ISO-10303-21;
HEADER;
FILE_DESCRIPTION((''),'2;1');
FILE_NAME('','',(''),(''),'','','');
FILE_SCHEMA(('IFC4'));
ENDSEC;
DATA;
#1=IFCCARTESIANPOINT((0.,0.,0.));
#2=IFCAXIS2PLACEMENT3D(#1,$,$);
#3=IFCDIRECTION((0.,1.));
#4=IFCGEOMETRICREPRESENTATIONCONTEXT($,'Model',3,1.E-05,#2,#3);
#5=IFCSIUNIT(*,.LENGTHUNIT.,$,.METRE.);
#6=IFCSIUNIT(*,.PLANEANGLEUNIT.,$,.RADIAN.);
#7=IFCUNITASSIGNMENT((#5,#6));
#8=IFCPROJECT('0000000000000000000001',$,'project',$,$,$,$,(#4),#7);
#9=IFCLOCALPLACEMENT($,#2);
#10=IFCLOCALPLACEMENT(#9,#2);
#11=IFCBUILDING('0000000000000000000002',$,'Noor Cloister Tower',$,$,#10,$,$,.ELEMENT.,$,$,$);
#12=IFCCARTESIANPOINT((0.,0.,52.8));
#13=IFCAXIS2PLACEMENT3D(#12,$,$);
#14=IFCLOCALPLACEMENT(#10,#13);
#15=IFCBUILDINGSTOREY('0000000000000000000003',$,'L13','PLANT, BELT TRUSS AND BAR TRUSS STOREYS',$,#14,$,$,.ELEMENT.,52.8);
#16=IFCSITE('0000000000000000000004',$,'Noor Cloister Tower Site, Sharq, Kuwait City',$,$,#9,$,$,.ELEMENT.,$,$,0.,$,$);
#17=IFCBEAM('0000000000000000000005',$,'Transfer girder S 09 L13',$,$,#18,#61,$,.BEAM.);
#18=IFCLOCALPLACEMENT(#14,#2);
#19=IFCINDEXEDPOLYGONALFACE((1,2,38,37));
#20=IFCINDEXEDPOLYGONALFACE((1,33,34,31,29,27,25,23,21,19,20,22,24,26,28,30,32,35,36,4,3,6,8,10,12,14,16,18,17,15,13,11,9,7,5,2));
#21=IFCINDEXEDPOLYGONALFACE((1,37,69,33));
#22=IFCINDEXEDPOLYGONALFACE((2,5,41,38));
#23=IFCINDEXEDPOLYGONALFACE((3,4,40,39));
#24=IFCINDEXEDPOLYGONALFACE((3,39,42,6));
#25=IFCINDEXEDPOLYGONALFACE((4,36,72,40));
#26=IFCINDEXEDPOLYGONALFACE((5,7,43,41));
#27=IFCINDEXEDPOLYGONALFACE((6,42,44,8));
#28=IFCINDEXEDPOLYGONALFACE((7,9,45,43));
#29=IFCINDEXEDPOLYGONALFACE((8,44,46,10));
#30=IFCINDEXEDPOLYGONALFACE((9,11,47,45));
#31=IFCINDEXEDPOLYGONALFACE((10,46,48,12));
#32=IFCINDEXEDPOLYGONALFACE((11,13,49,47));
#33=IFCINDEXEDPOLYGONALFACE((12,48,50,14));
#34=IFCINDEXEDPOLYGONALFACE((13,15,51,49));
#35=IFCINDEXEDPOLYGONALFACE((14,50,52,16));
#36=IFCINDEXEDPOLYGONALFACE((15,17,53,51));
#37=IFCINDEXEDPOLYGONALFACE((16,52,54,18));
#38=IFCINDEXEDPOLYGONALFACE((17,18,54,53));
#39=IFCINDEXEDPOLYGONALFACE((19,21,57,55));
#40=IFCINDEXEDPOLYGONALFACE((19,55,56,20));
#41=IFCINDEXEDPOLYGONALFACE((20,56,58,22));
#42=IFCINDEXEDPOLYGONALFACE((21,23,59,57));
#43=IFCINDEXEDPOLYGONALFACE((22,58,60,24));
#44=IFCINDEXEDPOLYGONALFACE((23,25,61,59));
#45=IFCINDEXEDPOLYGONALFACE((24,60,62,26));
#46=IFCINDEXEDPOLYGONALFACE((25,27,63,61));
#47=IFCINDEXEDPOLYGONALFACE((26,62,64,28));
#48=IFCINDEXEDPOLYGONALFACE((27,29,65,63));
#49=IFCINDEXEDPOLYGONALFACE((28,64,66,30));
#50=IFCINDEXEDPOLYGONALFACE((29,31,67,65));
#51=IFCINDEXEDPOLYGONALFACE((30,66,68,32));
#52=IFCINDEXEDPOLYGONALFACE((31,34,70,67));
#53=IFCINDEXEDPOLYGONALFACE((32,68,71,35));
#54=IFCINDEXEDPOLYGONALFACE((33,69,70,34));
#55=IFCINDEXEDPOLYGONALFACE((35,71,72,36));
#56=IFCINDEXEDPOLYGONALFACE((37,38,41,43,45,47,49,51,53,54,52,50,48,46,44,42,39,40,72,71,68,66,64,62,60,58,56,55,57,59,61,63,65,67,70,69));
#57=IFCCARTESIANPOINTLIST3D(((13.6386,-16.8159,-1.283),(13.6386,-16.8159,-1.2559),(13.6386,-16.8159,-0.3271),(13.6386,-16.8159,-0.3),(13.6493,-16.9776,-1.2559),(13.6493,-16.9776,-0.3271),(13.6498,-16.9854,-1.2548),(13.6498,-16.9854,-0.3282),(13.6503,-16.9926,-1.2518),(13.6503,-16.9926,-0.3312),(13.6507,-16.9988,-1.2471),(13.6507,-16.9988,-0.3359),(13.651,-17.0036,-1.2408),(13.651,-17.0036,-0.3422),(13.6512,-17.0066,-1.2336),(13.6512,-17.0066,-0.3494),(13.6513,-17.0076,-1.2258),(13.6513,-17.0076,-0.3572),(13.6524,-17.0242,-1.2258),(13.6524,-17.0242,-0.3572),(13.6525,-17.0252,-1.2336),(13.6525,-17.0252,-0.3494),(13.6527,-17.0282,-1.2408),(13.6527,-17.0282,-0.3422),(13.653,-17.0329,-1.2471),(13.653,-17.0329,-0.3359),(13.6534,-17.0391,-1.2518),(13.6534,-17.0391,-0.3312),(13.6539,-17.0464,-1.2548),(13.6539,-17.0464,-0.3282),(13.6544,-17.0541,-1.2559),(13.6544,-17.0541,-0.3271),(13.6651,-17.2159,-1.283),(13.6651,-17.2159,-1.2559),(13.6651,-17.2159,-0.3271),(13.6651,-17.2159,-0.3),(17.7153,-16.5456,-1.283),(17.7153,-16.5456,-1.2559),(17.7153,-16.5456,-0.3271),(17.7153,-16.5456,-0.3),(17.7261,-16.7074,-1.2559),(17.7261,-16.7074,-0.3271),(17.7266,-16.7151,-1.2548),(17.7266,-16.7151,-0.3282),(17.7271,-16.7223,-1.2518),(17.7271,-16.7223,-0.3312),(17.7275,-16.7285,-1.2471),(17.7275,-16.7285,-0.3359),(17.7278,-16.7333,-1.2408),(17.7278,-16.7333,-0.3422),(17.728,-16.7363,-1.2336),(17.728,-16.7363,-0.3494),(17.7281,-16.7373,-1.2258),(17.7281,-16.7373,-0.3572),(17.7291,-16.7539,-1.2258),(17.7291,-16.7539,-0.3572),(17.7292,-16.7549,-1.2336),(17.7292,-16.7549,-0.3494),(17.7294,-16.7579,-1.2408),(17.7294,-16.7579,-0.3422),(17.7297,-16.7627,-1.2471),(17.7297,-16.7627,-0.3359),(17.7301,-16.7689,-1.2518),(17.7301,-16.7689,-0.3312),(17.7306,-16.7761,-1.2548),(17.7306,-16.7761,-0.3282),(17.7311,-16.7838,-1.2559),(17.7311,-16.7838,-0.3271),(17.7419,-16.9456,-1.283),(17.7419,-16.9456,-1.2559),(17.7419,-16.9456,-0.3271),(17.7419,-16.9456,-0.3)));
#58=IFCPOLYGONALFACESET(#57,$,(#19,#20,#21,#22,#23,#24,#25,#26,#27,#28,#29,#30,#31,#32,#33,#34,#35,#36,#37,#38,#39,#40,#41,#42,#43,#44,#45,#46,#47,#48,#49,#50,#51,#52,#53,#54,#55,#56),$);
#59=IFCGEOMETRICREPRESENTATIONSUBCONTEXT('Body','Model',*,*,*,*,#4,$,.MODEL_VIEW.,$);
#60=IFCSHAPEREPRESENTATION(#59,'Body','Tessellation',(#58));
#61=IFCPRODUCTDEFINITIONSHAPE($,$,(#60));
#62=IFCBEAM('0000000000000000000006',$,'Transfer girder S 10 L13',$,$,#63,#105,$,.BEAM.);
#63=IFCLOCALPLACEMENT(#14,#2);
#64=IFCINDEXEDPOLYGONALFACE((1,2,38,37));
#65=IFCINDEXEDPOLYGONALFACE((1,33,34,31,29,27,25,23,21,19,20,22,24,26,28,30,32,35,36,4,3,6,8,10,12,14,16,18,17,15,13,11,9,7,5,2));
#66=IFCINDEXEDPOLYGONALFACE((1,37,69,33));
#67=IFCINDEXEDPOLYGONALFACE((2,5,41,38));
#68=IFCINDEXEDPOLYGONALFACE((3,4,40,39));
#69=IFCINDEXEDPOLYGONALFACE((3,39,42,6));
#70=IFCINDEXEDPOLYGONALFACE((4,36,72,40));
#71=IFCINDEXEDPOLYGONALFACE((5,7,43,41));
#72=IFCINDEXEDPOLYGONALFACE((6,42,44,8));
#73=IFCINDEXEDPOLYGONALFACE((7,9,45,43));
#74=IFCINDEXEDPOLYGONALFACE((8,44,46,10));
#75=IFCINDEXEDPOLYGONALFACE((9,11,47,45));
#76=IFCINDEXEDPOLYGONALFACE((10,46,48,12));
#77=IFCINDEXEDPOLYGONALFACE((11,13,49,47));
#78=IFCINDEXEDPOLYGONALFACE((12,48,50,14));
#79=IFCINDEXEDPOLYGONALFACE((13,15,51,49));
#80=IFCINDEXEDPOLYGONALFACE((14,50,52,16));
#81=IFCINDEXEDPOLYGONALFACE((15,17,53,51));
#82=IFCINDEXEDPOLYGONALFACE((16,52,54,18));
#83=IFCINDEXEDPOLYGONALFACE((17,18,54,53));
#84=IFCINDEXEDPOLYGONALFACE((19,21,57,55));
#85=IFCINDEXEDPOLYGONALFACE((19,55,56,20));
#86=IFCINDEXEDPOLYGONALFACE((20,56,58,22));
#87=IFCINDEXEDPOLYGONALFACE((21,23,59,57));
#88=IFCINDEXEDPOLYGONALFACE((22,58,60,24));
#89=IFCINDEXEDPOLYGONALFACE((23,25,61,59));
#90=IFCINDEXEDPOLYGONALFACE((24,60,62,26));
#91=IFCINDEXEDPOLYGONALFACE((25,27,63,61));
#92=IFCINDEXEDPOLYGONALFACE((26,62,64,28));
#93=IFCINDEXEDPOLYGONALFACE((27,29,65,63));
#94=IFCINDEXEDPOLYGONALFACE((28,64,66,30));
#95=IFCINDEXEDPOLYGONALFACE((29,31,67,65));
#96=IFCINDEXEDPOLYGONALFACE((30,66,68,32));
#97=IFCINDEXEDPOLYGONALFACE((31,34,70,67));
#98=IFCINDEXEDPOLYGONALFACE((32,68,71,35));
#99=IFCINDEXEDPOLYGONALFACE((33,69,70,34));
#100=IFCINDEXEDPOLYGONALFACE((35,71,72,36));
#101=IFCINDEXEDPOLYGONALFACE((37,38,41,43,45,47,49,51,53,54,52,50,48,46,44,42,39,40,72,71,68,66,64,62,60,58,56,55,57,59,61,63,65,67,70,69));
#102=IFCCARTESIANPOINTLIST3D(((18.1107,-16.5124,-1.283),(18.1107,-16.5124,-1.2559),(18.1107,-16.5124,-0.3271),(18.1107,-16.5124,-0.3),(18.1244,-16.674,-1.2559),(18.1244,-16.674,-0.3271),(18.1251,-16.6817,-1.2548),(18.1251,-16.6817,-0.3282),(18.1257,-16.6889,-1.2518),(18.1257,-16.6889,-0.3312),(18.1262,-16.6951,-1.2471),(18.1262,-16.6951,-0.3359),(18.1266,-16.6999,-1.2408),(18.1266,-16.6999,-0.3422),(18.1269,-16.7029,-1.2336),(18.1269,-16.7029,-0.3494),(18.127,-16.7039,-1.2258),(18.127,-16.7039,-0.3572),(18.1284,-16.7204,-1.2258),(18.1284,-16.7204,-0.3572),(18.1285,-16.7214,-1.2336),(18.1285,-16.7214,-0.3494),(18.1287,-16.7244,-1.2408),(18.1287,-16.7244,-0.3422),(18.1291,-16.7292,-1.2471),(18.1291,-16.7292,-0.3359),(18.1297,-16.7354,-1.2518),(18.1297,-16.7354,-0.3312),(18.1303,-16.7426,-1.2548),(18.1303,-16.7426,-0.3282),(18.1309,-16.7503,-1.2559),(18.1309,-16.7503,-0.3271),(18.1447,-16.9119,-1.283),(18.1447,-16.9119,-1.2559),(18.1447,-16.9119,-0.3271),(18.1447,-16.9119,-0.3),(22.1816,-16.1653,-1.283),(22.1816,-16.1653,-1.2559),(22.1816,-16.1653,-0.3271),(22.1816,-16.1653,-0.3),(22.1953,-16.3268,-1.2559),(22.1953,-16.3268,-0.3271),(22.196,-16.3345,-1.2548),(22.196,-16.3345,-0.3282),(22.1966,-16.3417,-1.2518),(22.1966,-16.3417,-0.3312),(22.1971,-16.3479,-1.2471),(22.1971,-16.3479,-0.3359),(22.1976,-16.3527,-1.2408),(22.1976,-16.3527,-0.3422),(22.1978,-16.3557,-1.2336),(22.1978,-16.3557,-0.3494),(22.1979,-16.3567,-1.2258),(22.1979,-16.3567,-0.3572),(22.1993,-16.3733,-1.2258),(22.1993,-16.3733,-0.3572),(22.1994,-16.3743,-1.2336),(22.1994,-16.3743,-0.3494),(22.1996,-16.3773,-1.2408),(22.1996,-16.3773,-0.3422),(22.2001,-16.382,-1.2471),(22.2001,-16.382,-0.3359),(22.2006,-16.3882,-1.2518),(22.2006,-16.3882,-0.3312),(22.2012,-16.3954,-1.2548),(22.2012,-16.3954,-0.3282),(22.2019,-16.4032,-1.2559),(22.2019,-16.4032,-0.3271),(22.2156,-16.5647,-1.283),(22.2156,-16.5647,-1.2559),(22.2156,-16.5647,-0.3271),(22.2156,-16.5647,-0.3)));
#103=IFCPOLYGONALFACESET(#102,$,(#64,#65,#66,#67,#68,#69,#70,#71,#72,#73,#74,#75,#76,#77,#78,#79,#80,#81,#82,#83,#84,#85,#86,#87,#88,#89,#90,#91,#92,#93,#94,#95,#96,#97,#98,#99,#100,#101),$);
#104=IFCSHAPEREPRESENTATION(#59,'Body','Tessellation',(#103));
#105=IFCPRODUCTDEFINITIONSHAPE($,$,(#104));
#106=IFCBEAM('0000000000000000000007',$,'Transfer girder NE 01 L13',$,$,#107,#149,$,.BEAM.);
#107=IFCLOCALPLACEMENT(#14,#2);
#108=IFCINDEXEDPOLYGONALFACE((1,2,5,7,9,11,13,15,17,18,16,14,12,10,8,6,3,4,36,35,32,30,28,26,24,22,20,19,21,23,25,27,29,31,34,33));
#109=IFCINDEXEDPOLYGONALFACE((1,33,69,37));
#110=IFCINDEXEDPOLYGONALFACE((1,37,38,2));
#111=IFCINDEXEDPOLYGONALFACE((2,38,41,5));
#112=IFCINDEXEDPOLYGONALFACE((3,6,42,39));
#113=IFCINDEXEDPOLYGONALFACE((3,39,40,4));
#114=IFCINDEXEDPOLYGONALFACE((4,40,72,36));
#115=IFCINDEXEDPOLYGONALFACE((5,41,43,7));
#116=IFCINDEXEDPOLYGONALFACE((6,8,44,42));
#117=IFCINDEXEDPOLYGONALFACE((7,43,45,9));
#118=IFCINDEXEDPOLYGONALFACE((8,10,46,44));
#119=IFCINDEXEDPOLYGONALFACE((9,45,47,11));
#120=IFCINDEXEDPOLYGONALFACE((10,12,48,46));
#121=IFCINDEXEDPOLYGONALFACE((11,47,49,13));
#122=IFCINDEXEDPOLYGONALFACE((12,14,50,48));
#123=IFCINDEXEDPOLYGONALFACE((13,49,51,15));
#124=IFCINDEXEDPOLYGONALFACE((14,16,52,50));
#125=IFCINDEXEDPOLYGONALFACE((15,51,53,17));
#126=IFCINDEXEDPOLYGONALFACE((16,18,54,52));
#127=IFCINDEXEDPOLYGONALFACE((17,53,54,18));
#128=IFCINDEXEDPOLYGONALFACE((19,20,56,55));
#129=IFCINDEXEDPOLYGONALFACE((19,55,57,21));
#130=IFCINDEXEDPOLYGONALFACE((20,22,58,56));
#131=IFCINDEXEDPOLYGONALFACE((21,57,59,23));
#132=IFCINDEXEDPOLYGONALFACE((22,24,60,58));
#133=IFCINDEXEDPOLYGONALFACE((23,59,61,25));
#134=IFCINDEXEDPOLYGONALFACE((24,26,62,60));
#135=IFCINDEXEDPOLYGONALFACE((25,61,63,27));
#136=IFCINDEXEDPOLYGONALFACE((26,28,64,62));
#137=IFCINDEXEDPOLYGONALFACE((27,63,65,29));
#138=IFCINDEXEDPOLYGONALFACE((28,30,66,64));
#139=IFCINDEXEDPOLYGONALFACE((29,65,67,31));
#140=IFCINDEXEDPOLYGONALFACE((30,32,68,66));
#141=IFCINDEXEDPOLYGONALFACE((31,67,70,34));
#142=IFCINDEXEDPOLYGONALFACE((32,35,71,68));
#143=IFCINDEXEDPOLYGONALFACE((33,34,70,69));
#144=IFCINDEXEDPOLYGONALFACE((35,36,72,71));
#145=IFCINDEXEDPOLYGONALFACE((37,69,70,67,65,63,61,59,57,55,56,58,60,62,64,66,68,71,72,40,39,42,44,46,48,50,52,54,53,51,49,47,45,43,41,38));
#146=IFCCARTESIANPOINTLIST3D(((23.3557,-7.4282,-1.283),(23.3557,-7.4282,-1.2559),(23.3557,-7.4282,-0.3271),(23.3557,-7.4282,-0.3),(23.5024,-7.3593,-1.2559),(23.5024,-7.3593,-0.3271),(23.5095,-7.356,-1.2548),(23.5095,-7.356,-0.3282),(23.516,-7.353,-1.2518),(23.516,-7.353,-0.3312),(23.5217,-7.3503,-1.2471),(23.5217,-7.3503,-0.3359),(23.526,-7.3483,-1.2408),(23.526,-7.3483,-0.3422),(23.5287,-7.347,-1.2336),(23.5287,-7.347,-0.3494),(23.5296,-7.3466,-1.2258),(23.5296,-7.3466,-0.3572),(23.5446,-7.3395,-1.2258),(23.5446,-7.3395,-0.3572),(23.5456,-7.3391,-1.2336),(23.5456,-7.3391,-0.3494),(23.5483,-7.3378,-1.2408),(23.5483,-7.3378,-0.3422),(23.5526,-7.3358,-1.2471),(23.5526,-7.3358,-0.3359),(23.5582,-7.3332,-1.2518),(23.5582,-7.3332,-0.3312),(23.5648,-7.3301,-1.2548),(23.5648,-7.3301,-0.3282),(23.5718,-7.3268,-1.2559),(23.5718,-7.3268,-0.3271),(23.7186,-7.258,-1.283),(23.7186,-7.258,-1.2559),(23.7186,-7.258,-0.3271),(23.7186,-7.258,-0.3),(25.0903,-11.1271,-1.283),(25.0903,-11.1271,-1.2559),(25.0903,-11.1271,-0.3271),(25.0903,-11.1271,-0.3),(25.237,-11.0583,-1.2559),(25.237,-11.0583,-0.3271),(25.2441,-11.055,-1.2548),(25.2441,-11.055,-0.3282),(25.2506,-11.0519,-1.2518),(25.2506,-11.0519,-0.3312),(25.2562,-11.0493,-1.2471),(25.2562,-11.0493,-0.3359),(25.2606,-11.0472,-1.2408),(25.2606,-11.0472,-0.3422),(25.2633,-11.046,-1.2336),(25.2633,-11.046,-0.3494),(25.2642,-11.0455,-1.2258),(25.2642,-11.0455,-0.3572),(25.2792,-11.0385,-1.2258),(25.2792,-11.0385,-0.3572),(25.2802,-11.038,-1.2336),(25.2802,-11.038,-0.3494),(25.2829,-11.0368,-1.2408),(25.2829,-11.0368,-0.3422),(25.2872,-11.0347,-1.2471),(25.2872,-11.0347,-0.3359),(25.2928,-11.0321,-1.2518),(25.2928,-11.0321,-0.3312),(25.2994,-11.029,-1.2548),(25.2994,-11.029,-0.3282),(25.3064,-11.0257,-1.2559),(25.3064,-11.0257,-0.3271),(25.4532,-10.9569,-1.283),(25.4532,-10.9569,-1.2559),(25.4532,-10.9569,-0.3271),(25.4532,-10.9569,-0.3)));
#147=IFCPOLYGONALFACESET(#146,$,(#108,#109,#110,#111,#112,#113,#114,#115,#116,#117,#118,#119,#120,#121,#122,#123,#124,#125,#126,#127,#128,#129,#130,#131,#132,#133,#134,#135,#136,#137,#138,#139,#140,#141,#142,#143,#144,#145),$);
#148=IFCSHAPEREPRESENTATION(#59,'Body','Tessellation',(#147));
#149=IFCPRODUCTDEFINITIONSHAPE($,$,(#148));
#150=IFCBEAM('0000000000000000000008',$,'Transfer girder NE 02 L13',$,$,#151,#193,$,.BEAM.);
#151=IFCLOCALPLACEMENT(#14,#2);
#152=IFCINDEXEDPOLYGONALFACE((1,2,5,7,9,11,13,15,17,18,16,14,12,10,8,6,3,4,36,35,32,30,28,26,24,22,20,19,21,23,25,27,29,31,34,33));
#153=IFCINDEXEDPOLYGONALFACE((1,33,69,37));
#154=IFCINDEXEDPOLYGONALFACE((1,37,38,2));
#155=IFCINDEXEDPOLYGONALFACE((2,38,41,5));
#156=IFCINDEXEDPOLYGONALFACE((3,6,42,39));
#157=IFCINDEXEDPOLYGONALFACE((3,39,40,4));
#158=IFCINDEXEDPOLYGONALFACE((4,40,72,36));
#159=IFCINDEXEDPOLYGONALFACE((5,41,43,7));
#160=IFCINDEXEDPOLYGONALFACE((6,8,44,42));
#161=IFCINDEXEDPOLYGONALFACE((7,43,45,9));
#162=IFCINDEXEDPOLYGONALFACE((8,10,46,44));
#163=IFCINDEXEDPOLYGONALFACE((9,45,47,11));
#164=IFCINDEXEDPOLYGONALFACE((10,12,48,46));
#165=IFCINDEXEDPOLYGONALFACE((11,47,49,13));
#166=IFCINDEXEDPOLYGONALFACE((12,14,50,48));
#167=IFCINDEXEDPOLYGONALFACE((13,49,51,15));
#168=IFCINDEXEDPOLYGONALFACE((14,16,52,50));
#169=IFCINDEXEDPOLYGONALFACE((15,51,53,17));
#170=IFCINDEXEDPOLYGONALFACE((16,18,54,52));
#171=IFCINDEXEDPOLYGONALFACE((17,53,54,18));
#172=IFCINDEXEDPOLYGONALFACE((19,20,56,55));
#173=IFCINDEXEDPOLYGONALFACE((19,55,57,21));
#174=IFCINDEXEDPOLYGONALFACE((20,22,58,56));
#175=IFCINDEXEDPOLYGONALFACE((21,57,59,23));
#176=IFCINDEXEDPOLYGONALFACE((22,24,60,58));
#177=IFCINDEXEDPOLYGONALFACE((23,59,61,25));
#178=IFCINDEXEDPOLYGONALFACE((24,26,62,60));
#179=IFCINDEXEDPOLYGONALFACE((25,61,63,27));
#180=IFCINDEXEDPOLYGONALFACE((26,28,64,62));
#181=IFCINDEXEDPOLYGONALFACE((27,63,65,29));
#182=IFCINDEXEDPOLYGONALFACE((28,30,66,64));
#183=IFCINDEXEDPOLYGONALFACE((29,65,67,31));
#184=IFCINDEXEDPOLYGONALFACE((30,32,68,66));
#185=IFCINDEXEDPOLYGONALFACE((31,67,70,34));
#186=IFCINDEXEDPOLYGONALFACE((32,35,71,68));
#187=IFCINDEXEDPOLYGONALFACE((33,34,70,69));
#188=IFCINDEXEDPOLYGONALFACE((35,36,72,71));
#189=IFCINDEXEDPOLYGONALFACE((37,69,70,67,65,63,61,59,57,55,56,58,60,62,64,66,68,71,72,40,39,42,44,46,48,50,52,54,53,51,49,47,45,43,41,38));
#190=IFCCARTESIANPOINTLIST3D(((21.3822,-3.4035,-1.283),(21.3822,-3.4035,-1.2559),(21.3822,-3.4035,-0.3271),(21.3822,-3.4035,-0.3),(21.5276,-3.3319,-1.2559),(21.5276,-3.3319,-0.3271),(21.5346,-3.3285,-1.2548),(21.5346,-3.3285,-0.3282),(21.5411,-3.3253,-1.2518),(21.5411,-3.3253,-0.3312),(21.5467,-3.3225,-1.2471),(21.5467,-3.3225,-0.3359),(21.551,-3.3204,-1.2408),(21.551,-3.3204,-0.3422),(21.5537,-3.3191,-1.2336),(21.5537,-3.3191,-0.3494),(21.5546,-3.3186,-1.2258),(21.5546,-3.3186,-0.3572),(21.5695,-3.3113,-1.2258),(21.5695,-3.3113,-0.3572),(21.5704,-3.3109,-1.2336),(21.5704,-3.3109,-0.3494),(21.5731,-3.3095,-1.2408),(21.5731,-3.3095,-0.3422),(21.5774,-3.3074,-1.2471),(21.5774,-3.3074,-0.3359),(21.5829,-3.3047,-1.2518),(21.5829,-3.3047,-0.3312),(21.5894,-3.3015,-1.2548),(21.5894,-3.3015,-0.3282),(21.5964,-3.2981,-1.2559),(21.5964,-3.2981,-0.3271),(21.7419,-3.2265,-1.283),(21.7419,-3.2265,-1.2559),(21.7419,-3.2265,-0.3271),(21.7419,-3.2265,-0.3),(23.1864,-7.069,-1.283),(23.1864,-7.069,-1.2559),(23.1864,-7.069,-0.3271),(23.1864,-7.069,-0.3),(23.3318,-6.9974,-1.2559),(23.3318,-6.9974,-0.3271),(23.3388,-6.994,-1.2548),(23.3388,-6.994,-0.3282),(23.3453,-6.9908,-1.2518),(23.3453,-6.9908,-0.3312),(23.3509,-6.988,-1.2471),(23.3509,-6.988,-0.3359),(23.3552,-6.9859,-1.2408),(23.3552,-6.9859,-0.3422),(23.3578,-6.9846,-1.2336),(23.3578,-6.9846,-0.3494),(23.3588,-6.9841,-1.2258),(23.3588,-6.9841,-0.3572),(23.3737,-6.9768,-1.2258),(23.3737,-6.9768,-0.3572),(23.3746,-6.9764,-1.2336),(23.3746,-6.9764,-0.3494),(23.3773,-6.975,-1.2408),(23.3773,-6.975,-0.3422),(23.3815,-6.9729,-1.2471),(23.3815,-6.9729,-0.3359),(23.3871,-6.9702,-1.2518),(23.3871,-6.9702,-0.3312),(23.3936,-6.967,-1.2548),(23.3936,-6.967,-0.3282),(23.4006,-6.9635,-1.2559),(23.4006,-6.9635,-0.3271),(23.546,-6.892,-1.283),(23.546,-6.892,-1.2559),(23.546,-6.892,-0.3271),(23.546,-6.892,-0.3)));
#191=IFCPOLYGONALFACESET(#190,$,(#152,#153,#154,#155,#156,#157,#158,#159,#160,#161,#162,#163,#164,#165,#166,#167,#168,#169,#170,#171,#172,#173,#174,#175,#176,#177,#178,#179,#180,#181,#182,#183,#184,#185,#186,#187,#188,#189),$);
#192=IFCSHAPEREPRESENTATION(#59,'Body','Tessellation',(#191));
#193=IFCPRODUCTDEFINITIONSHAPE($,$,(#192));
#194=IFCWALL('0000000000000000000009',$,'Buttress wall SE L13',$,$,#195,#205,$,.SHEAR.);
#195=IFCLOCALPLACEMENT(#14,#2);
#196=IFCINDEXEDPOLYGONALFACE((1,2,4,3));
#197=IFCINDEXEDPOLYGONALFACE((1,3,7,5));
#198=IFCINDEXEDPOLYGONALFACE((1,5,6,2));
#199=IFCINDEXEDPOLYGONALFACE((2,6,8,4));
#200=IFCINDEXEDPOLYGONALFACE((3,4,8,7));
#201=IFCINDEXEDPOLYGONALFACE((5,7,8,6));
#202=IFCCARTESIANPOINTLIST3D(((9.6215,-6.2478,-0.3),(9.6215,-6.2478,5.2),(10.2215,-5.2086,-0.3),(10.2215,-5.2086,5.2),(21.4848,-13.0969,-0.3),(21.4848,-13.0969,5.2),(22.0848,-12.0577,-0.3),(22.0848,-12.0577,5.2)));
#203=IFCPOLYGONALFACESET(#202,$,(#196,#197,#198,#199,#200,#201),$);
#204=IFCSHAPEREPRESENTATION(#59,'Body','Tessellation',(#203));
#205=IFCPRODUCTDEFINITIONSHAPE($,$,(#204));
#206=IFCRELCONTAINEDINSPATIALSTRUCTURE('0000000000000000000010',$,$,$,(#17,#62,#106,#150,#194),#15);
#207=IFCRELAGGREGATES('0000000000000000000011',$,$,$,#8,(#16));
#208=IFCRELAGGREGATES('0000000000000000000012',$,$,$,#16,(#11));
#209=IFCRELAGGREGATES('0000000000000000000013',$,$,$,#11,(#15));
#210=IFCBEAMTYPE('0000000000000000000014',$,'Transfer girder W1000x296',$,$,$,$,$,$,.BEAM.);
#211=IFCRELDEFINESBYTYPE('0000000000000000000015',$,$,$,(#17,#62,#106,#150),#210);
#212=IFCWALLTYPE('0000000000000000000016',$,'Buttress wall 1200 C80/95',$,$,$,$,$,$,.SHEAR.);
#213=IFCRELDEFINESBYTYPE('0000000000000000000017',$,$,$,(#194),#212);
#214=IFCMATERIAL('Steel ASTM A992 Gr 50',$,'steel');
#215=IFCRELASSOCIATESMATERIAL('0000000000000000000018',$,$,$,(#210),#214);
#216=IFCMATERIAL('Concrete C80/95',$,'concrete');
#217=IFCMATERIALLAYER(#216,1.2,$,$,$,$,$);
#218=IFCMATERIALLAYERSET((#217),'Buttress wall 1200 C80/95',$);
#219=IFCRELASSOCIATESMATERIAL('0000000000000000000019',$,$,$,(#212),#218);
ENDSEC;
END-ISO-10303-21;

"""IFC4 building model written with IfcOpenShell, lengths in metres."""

from ifc_helpers import new_model, si_unit, direction, frame, frame_2d, origin, origin_2d, place, context, subcontext, project, spatial, rectangle, i_section, extrude, material, layer, layer_set, material_profile, profile_set, type_object, element, save


model = new_model("IFC4")

# Units and contexts
model_context = context("Model", 3, precision=1e-05, world=origin(), true_north=direction((0.0, 1.0)))
body_context = subcontext(model_context, "Body", "Model", "MODEL_VIEW")
ifc_project = project(units=[si_unit("LENGTHUNIT", "METRE"), si_unit("PLANEANGLEUNIT", "RADIAN")], contexts=[model_context])

# Site, building, storey
site_placement = place(None, origin())
site = spatial("IfcSite", under=ifc_project, at=site_placement, Name="Noor Cloister Tower Site, Sharq, Kuwait City", CompositionType="ELEMENT", RefElevation=0.0)
building_placement = place(site_placement, origin())
building = spatial("IfcBuilding", under=site, at=building_placement, Name="Noor Cloister Tower", CompositionType="ELEMENT")
storey_placement = place(building_placement, frame((0.0, 0.0, 52.8)))
storey = spatial("IfcBuildingStorey", under=building, at=storey_placement, Name="L13", Description="PLANT, BELT TRUSS AND BAR TRUSS STOREYS", CompositionType="ELEMENT", Elevation=52.8)

# Beams
ifc_material_1 = material(Name="Steel ASTM A992 Gr 50", Category="steel")
ifc_material_profile_1 = material_profile(ifc_material_1, i_section(OverallWidth=0.4009, OverallDepth=0.9829, WebThickness=0.0166, FlangeThickness=0.0271, FilletRadius=0.03, at=origin_2d()), Name="W1000x296")
ifc_profile_set_1 = profile_set([ifc_material_profile_1], Name="Steel ASTM A992 Gr 50")
beam_type_1 = type_object("IfcBeamType", Name="Transfer girder W1000x296", PredefinedType="BEAM", material=ifc_profile_set_1)
for number, where, z_axis, x_axis, name in (
    (1, (13.6519, -17.0159, -0.7915), (0.99781, 0.06615, 0.0), (-0.06615, 0.99781, 0.0), "Transfer girder S 09 L13"),
    (2, (18.1277, -16.7122, -0.7915), (0.996383, 0.084974, 0.0), (-0.084974, 0.996383, 0.0), "Transfer girder S 10 L13"),
):
    element("IfcBeam", number, at=place(storey_placement, frame(where, z_axis=z_axis, x_axis=x_axis)), inside=storey, type_object=beam_type_1, Name=name, PredefinedType="BEAM", context=body_context, shape_type="SweptSolid", body=[
        extrude(i_section(OverallWidth=0.4009, OverallDepth=0.9829, WebThickness=0.0166, FlangeThickness=0.0271, FilletRadius=0.03, at=origin_2d()), origin(), (0.0, 0.0, 1.0), 4.0857),
    ])
for number, where, z_axis, x_axis, name in (
    (3, (25.2717, -11.042, -0.7915), (-0.424579, 0.905391, 0.0), (-0.905391, -0.424579, 0.0), "Transfer girder NE 01 L13"),
    (4, (23.3662, -6.9805, -0.7915), (-0.441612, 0.897206, 0.0), (-0.897206, -0.441612, 0.0), "Transfer girder NE 02 L13"),
):
    element("IfcBeam", number, at=place(storey_placement, frame(where, z_axis=z_axis, x_axis=x_axis)), inside=storey, type_object=beam_type_1, Name=name, PredefinedType="BEAM", context=body_context, shape_type="SweptSolid", body=[
        extrude(i_section(OverallWidth=0.4009, OverallDepth=0.9829, WebThickness=0.0166, FlangeThickness=0.0271, FilletRadius=0.03, at=origin_2d()), origin(), (0.0, 0.0, 1.0), 4.0854),
    ])

# Wall
ifc_material_2 = material(Name="Concrete C80/95", Category="concrete")
ifc_layer_1 = layer(ifc_material_2, 1.2)
ifc_layer_set_1 = layer_set([ifc_layer_1], Name="Buttress wall 1200 C80/95")
wall_type_1 = type_object("IfcWallType", Name="Buttress wall 1200 C80/95", PredefinedType="SHEAR", material=ifc_layer_set_1)
wall_1_placement = place(storey_placement, frame((9.9216, -5.7283, -0.3), z_axis=(0.0, 0.0, 1.0), x_axis=(0.86603, -0.499992, 0.0)))
element("IfcWall", 5, at=wall_1_placement, inside=storey, type_object=wall_type_1, Name="Buttress wall SE L13", PredefinedType="SHEAR", context=body_context, shape_type="SweptSolid", body=[
    extrude(rectangle(XDim=13.6985, YDim=1.2, at=frame_2d((6.8491, 0.0))), origin(), (0.0, 0.0, 1.0), 5.5),
])

save(model, "model.ifc")
